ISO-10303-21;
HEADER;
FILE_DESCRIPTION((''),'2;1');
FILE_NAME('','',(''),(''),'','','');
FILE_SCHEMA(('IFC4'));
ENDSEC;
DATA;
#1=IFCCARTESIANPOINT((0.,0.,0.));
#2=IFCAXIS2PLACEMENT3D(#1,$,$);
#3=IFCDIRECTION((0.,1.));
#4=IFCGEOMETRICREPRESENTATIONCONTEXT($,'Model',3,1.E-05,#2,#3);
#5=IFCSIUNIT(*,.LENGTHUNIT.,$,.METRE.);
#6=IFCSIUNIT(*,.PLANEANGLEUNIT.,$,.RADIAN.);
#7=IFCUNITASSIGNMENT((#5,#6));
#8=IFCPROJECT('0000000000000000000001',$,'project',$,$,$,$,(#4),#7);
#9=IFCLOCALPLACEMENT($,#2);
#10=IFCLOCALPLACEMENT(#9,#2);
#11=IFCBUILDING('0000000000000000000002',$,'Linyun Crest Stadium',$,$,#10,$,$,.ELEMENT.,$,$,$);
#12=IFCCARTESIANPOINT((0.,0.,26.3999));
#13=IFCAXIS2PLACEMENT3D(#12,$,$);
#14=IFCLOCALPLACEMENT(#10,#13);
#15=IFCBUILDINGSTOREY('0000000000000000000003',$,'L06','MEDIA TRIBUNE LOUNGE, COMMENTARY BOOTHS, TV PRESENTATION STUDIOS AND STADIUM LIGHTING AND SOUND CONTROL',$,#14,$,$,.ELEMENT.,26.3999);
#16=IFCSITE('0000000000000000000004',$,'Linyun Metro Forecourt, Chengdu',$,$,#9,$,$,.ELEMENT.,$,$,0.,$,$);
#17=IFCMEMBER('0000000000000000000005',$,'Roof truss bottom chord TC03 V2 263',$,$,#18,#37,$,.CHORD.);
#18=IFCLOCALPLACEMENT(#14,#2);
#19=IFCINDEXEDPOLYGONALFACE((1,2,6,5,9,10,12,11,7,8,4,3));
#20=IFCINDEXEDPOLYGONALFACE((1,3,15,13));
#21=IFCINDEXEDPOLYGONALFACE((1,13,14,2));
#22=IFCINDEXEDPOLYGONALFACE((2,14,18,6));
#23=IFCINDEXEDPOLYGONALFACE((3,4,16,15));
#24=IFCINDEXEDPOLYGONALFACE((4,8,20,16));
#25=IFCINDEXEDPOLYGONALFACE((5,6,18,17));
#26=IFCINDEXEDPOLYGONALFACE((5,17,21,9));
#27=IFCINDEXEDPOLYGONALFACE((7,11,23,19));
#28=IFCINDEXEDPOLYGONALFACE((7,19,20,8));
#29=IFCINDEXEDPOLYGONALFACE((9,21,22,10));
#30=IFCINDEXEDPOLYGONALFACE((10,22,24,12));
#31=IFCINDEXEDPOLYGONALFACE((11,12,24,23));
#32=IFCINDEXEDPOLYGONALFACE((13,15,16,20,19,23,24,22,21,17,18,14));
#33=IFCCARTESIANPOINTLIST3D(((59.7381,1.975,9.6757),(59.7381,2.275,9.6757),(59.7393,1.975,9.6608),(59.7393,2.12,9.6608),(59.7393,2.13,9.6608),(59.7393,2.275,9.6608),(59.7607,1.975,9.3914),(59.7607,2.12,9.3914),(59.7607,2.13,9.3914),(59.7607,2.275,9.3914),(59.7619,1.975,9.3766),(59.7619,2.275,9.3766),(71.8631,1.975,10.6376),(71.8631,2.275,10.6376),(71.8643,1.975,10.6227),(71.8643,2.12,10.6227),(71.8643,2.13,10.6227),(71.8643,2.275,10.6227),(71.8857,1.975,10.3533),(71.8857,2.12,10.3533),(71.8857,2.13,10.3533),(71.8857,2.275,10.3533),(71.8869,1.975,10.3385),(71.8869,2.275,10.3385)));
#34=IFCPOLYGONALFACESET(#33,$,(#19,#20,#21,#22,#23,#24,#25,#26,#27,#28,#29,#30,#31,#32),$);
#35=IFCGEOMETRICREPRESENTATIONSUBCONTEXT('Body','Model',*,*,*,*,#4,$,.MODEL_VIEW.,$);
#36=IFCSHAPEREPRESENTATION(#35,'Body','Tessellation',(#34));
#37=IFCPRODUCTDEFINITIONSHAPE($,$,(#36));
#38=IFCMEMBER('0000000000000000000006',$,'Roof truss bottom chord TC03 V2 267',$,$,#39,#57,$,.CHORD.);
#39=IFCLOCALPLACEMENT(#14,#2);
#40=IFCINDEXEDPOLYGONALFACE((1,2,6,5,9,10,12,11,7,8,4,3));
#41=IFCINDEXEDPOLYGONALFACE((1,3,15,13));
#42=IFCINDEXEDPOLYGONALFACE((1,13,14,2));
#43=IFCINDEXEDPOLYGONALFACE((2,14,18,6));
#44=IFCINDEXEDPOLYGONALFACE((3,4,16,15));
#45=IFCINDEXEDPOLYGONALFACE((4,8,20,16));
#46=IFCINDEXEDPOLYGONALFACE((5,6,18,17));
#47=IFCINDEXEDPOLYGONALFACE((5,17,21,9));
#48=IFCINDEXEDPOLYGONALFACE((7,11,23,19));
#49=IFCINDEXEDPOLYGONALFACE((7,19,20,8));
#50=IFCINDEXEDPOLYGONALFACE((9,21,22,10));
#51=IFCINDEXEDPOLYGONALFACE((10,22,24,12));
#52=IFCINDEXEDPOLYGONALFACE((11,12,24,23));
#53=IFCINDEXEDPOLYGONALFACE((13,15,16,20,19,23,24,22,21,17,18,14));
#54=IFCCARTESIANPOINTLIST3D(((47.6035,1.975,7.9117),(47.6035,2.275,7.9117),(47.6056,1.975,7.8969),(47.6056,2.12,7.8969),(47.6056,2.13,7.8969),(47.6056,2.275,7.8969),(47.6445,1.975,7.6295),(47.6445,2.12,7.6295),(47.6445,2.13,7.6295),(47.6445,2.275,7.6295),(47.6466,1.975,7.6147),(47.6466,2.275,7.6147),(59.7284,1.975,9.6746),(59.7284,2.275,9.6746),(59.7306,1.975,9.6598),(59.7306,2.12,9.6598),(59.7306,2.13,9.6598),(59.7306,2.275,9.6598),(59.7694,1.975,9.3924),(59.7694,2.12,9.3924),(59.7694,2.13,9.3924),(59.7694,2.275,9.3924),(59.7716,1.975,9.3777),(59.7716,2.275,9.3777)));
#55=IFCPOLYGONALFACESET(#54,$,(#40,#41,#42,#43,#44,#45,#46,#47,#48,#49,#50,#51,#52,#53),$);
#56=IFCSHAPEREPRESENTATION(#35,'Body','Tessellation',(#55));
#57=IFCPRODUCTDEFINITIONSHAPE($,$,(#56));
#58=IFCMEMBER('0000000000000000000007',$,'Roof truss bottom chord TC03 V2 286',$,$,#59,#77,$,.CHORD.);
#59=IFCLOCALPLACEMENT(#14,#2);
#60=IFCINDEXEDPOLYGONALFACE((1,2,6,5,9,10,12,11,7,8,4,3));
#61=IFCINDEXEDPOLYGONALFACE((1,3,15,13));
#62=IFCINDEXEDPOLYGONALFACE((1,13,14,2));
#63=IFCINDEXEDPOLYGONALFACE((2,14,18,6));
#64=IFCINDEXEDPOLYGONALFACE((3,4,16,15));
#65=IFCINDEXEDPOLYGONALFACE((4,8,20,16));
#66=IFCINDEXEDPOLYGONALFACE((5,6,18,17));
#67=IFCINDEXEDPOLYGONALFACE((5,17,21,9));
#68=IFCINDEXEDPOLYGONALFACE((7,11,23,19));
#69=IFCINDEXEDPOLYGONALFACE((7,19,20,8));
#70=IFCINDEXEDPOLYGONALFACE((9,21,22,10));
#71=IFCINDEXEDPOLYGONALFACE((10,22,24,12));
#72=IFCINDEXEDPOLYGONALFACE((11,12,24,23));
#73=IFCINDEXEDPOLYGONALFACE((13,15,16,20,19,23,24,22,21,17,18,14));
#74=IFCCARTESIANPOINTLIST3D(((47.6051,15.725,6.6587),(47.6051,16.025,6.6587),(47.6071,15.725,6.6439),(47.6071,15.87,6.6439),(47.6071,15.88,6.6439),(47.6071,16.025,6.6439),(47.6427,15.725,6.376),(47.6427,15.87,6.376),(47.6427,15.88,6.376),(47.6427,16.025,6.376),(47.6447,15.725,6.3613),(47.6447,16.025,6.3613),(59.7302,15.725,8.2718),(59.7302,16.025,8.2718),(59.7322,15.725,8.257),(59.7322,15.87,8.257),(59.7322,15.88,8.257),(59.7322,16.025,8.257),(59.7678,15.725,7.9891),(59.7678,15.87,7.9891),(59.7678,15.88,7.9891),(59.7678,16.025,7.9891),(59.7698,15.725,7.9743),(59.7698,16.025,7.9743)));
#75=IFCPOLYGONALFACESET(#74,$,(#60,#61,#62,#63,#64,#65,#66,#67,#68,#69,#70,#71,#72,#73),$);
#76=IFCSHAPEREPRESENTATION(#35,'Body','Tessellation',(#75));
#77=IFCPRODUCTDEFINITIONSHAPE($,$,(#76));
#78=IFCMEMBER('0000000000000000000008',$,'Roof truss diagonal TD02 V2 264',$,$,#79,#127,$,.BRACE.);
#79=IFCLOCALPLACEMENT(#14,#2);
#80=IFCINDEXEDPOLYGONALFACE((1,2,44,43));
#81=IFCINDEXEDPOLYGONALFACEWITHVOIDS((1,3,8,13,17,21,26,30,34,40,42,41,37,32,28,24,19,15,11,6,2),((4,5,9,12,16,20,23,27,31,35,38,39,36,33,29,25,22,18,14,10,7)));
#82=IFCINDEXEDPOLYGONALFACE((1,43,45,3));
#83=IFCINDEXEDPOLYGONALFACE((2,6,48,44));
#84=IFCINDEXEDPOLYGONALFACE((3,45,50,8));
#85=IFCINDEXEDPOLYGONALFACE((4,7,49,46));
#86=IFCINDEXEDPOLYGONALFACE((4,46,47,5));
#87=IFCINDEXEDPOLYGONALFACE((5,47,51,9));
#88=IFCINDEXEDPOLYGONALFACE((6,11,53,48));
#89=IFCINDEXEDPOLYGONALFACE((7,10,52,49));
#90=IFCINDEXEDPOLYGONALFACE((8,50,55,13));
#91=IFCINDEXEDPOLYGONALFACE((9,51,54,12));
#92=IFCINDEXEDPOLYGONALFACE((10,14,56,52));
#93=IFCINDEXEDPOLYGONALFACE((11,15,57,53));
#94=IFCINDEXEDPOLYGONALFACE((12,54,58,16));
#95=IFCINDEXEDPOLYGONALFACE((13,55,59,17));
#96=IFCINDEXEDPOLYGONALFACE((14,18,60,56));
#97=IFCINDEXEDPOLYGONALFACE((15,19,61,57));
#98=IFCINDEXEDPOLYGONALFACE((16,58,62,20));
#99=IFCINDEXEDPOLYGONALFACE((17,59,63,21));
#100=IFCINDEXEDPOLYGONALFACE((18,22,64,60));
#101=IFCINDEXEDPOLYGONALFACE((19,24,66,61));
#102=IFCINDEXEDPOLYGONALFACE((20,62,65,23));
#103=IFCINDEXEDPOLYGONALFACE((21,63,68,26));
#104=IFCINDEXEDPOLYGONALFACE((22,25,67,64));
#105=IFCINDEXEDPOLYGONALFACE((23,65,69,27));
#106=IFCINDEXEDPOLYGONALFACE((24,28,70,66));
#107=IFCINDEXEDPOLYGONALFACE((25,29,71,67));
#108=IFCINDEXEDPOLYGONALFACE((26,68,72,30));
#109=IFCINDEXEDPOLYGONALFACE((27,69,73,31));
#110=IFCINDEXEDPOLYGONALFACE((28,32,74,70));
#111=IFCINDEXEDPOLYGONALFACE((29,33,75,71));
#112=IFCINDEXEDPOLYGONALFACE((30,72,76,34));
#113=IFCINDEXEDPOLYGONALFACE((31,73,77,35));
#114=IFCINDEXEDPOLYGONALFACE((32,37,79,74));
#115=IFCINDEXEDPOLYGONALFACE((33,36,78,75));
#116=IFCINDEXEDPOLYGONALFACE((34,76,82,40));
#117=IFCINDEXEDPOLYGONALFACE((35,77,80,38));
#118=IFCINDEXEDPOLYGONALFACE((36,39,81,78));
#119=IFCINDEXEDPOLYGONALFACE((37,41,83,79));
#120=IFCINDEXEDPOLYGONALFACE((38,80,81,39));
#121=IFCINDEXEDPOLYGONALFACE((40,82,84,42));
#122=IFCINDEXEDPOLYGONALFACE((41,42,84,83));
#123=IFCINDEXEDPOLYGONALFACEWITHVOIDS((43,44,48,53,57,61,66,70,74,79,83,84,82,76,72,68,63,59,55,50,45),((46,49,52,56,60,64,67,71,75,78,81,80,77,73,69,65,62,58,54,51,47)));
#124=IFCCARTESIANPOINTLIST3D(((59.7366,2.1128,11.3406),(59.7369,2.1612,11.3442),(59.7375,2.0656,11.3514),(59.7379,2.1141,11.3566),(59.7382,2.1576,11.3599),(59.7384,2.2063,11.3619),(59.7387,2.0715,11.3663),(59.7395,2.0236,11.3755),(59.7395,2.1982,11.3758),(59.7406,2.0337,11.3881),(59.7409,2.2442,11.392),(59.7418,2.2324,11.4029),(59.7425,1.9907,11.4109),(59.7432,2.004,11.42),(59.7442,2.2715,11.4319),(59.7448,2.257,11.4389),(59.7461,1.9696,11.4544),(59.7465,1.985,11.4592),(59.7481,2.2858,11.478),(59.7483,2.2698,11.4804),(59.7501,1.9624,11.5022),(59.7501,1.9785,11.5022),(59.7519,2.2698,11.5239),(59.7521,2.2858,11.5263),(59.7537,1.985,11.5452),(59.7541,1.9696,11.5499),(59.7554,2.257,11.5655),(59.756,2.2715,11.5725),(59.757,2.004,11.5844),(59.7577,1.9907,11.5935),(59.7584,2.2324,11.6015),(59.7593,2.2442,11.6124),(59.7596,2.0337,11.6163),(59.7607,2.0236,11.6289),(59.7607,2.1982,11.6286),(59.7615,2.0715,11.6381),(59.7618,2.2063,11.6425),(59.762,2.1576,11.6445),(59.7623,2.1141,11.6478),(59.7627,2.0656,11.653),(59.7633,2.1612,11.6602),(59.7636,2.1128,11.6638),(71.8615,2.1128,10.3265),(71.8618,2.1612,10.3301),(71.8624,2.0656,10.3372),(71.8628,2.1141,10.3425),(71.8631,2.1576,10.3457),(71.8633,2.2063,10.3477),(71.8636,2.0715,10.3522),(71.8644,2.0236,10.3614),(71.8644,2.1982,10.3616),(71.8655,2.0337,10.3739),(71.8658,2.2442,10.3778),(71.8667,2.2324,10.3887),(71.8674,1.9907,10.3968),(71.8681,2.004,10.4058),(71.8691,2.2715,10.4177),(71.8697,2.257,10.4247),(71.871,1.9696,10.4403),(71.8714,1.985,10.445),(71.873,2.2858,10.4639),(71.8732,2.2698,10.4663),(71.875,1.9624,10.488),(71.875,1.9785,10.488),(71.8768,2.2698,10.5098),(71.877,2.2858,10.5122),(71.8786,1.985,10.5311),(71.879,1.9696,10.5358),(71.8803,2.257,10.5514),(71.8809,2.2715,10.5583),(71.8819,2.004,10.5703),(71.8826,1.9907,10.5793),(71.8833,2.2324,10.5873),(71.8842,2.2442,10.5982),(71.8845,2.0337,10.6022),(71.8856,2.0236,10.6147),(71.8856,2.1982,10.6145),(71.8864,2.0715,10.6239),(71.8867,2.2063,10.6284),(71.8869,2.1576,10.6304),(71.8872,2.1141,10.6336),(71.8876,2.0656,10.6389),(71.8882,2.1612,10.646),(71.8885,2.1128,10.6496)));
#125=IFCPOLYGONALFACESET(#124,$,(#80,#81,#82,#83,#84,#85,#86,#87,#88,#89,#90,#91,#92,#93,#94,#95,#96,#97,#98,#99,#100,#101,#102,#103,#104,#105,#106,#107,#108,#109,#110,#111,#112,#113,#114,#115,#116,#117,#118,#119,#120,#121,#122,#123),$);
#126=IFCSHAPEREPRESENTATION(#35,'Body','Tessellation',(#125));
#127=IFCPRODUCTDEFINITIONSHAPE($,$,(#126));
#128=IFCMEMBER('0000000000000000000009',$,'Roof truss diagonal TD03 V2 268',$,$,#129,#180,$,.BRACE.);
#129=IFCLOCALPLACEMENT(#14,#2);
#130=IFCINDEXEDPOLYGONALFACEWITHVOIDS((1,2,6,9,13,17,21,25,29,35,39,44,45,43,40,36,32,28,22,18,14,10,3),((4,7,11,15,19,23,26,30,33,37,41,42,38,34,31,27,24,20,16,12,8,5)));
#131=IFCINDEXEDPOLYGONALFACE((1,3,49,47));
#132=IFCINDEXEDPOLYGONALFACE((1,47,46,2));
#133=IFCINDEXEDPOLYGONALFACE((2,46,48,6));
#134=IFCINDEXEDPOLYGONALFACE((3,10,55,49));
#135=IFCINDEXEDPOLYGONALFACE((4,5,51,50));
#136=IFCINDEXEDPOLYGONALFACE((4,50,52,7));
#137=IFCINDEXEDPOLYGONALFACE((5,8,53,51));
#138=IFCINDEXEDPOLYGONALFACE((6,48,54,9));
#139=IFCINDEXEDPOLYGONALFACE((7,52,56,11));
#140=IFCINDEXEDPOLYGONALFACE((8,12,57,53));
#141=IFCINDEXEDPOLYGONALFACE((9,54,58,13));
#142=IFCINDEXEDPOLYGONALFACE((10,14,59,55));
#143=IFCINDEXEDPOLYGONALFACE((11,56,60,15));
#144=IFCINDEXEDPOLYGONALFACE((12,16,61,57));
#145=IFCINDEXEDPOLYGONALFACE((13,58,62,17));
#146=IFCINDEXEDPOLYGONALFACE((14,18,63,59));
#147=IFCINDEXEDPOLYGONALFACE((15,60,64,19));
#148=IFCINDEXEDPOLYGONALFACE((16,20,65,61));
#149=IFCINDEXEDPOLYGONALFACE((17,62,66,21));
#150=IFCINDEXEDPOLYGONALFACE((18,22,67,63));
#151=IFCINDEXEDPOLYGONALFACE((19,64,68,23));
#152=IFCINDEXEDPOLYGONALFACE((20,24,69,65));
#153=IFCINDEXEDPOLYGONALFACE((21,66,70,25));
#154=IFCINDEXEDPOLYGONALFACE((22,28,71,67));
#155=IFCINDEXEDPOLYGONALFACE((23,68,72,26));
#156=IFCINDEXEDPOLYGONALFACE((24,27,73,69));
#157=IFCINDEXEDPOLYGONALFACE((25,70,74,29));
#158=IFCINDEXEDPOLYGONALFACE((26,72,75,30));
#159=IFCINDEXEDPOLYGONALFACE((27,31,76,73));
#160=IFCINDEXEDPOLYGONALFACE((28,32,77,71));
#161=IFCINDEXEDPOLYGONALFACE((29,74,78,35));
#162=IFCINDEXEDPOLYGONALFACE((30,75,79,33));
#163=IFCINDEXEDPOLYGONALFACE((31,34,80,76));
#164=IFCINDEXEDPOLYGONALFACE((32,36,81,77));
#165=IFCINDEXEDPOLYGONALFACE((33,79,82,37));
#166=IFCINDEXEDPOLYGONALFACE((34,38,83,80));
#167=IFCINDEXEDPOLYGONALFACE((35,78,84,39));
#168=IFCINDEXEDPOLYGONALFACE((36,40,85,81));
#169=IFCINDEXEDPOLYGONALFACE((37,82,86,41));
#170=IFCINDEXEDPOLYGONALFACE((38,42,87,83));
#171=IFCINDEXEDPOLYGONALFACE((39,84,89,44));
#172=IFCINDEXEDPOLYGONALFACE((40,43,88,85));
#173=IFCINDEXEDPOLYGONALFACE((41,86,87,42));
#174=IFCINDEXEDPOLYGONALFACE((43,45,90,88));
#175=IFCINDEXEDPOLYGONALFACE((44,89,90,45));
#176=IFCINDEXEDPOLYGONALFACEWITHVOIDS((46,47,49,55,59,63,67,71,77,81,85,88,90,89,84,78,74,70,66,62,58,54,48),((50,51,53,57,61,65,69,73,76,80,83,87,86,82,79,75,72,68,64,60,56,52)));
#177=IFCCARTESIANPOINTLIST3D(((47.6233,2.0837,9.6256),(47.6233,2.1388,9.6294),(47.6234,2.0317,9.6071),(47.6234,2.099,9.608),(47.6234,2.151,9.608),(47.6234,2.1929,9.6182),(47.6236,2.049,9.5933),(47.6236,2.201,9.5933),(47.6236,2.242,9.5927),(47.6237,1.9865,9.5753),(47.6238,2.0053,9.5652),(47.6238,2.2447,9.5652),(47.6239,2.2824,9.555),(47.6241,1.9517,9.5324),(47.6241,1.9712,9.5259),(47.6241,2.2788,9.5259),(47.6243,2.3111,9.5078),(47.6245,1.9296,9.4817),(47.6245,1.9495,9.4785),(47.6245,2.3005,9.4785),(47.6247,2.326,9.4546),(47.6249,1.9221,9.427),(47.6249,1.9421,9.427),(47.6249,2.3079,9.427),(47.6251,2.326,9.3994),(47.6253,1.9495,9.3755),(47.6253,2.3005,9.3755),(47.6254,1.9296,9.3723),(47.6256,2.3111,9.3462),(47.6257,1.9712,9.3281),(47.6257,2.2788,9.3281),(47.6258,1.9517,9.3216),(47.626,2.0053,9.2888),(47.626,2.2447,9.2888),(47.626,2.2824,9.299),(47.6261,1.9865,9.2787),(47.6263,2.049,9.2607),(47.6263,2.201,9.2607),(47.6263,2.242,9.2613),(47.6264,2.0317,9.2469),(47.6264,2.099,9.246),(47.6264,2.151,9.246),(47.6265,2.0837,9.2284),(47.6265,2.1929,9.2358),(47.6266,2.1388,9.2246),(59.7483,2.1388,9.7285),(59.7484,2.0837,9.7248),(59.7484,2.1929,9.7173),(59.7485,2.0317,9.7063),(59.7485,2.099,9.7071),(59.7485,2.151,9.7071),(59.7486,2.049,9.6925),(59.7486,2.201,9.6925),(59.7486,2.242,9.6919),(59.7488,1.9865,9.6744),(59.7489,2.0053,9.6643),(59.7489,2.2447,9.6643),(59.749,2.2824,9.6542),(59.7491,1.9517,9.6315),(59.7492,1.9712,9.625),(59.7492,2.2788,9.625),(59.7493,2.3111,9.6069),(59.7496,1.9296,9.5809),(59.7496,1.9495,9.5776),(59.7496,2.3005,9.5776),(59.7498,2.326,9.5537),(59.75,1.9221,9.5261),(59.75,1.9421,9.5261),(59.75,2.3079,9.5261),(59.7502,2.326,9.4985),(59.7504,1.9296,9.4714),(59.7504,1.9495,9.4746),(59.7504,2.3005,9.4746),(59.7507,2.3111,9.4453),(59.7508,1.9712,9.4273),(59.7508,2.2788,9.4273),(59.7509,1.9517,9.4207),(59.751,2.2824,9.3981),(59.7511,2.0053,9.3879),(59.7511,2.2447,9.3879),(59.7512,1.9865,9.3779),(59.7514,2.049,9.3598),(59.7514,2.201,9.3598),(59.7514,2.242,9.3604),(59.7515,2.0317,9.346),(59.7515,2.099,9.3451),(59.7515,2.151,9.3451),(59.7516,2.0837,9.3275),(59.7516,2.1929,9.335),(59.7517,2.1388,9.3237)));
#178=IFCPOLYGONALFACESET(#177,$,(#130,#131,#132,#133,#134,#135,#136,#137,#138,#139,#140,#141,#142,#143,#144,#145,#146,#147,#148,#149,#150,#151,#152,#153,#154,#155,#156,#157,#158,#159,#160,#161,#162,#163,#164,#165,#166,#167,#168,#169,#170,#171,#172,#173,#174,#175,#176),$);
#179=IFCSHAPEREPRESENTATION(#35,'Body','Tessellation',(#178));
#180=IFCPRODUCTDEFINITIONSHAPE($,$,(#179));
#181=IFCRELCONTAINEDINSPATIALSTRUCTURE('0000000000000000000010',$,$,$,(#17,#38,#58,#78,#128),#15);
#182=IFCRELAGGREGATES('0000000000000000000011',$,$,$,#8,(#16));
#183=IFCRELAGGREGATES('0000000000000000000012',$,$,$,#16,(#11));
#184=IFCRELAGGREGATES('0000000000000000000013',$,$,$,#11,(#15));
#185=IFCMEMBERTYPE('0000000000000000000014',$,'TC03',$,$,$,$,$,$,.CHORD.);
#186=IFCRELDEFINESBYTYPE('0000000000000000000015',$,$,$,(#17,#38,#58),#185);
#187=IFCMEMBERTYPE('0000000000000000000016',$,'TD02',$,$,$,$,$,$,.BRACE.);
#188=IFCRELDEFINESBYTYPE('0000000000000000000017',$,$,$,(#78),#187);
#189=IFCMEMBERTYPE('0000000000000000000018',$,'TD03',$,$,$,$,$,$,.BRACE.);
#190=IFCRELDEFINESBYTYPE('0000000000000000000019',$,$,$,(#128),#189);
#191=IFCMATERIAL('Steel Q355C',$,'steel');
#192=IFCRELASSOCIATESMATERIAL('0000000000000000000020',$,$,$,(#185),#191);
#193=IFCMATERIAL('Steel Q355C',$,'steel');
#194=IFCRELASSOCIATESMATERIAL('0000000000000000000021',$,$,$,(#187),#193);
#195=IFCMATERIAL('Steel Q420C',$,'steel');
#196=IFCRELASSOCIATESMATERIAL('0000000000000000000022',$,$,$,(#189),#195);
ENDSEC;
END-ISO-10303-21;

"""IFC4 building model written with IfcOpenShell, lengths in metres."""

from ifc_helpers import new_model, si_unit, direction, frame, origin, origin_2d, place, context, subcontext, project, spatial, hollow_circle, i_section, extrude, material, material_profile, profile_set, type_object, element, save


model = new_model("IFC4")

# Units and contexts
model_context = context("Model", 3, precision=1e-05, world=origin(), true_north=direction((0.0, 1.0)))
body_context = subcontext(model_context, "Body", "Model", "MODEL_VIEW")
ifc_project = project(units=[si_unit("LENGTHUNIT", "METRE"), si_unit("PLANEANGLEUNIT", "RADIAN")], contexts=[model_context])

# Site, building, storey
site_placement = place(None, origin())
site = spatial("IfcSite", under=ifc_project, at=site_placement, Name="Linyun Metro Forecourt, Chengdu", CompositionType="ELEMENT", RefElevation=0.0)
building_placement = place(site_placement, origin())
building = spatial("IfcBuilding", under=site, at=building_placement, Name="Linyun Crest Stadium", CompositionType="ELEMENT")
storey_placement = place(building_placement, frame((0.0, 0.0, 26.3999)))
storey = spatial("IfcBuildingStorey", under=building, at=storey_placement, Name="L06", Description="MEDIA TRIBUNE LOUNGE, COMMENTARY BOOTHS, TV PRESENTATION STUDIOS AND STADIUM LIGHTING AND SOUND CONTROL", CompositionType="ELEMENT", Elevation=26.3999)

# Members
ifc_material_1 = material(Name="Steel Q355C", Category="steel")
ifc_material_profile_1 = material_profile(ifc_material_1, i_section(OverallWidth=0.3, OverallDepth=0.3, WebThickness=0.01, FlangeThickness=0.0149, at=origin_2d()), Name="HW 300x300")
ifc_profile_set_1 = profile_set([ifc_material_profile_1], Name="Steel Q355C")
member_type_1 = type_object("IfcMemberType", Name="TC03", PredefinedType="CHORD", material=ifc_profile_set_1)
member_1_placement = place(storey_placement, frame((71.875, 2.125, 10.488), z_axis=(-0.996868, 0.0, -0.079085), x_axis=(0.0, -1.0, 0.0)))
element("IfcMember", 1, at=member_1_placement, inside=storey, type_object=member_type_1, Name="Roof truss bottom chord TC03 V2 263", PredefinedType="CHORD", context=body_context, shape_type="SweptSolid", body=[
    extrude(i_section(OverallWidth=0.3, OverallDepth=0.3, WebThickness=0.01, FlangeThickness=0.0149, at=origin_2d()), origin(), (0.0, 0.0, 1.0), 12.1631),
])
member_2_placement = place(storey_placement, frame((59.75, 2.125, 9.5261), z_axis=(-0.989595, 0.0, -0.143884), x_axis=(0.0, -1.0, 0.0)))
element("IfcMember", 2, at=member_2_placement, inside=storey, type_object=member_type_1, Name="Roof truss bottom chord TC03 V2 267", PredefinedType="CHORD", context=body_context, shape_type="SweptSolid", body=[
    extrude(i_section(OverallWidth=0.3, OverallDepth=0.3, WebThickness=0.01, FlangeThickness=0.0149, at=origin_2d()), origin(), (0.0, 0.0, 1.0), 12.2524),
])
member_3_placement = place(storey_placement, frame((59.75, 15.875, 8.123), z_axis=(-0.991267, 0.0, -0.131872), x_axis=(0.0, -1.0, 0.0)))
element("IfcMember", 3, at=member_3_placement, inside=storey, type_object=member_type_1, Name="Roof truss bottom chord TC03 V2 286", PredefinedType="CHORD", context=body_context, shape_type="SweptSolid", body=[
    extrude(i_section(OverallWidth=0.3, OverallDepth=0.3, WebThickness=0.01, FlangeThickness=0.0149, at=origin_2d()), origin(), (0.0, 0.0, 1.0), 12.2319),
])
ifc_material_2 = material(Name="Steel Q355C", Category="steel")
ifc_material_profile_2 = material_profile(ifc_material_2, hollow_circle(Radius=0.1626, WallThickness=0.0161, at=origin_2d()), Name="CHS 325x16")
ifc_profile_set_2 = profile_set([ifc_material_profile_2], Name="Steel Q355C")
member_type_2 = type_object("IfcMemberType", Name="TD02", PredefinedType="BRACE", material=ifc_profile_set_2)
member_4_placement = place(storey_placement, frame((71.875, 2.125, 10.488), z_axis=(-0.99652, 0.0, 0.083351), x_axis=(0.0, -1.0, 0.0)))
element("IfcMember", 4, at=member_4_placement, inside=storey, type_object=member_type_2, Name="Roof truss diagonal TD02 V2 264", PredefinedType="BRACE", context=body_context, shape_type="SweptSolid", body=[
    extrude(hollow_circle(Radius=0.1626, WallThickness=0.0161, at=origin_2d()), origin(), (0.0, 0.0, 1.0), 12.1672),
])
ifc_material_3 = material(Name="Steel Q420C", Category="steel")
ifc_material_profile_3 = material_profile(ifc_material_3, hollow_circle(Radius=0.2029, WallThickness=0.02, at=origin_2d()), Name="CHS 406x20")
ifc_profile_set_3 = profile_set([ifc_material_profile_3], Name="Steel Q420C")
member_type_3 = type_object("IfcMemberType", Name="TD03", PredefinedType="BRACE", material=ifc_profile_set_3)
member_5_placement = place(storey_placement, frame((59.75, 2.125, 9.5261), z_axis=(-0.999967, 0.0, -0.008175), x_axis=(0.0, -1.0, 0.0)))
element("IfcMember", 5, at=member_5_placement, inside=storey, type_object=member_type_3, Name="Roof truss diagonal TD03 V2 268", PredefinedType="BRACE", context=body_context, shape_type="SweptSolid", body=[
    extrude(hollow_circle(Radius=0.2029, WallThickness=0.02, at=origin_2d()), origin(), (0.0, 0.0, 1.0), 12.1255),
])

save(model, "model.ifc")
